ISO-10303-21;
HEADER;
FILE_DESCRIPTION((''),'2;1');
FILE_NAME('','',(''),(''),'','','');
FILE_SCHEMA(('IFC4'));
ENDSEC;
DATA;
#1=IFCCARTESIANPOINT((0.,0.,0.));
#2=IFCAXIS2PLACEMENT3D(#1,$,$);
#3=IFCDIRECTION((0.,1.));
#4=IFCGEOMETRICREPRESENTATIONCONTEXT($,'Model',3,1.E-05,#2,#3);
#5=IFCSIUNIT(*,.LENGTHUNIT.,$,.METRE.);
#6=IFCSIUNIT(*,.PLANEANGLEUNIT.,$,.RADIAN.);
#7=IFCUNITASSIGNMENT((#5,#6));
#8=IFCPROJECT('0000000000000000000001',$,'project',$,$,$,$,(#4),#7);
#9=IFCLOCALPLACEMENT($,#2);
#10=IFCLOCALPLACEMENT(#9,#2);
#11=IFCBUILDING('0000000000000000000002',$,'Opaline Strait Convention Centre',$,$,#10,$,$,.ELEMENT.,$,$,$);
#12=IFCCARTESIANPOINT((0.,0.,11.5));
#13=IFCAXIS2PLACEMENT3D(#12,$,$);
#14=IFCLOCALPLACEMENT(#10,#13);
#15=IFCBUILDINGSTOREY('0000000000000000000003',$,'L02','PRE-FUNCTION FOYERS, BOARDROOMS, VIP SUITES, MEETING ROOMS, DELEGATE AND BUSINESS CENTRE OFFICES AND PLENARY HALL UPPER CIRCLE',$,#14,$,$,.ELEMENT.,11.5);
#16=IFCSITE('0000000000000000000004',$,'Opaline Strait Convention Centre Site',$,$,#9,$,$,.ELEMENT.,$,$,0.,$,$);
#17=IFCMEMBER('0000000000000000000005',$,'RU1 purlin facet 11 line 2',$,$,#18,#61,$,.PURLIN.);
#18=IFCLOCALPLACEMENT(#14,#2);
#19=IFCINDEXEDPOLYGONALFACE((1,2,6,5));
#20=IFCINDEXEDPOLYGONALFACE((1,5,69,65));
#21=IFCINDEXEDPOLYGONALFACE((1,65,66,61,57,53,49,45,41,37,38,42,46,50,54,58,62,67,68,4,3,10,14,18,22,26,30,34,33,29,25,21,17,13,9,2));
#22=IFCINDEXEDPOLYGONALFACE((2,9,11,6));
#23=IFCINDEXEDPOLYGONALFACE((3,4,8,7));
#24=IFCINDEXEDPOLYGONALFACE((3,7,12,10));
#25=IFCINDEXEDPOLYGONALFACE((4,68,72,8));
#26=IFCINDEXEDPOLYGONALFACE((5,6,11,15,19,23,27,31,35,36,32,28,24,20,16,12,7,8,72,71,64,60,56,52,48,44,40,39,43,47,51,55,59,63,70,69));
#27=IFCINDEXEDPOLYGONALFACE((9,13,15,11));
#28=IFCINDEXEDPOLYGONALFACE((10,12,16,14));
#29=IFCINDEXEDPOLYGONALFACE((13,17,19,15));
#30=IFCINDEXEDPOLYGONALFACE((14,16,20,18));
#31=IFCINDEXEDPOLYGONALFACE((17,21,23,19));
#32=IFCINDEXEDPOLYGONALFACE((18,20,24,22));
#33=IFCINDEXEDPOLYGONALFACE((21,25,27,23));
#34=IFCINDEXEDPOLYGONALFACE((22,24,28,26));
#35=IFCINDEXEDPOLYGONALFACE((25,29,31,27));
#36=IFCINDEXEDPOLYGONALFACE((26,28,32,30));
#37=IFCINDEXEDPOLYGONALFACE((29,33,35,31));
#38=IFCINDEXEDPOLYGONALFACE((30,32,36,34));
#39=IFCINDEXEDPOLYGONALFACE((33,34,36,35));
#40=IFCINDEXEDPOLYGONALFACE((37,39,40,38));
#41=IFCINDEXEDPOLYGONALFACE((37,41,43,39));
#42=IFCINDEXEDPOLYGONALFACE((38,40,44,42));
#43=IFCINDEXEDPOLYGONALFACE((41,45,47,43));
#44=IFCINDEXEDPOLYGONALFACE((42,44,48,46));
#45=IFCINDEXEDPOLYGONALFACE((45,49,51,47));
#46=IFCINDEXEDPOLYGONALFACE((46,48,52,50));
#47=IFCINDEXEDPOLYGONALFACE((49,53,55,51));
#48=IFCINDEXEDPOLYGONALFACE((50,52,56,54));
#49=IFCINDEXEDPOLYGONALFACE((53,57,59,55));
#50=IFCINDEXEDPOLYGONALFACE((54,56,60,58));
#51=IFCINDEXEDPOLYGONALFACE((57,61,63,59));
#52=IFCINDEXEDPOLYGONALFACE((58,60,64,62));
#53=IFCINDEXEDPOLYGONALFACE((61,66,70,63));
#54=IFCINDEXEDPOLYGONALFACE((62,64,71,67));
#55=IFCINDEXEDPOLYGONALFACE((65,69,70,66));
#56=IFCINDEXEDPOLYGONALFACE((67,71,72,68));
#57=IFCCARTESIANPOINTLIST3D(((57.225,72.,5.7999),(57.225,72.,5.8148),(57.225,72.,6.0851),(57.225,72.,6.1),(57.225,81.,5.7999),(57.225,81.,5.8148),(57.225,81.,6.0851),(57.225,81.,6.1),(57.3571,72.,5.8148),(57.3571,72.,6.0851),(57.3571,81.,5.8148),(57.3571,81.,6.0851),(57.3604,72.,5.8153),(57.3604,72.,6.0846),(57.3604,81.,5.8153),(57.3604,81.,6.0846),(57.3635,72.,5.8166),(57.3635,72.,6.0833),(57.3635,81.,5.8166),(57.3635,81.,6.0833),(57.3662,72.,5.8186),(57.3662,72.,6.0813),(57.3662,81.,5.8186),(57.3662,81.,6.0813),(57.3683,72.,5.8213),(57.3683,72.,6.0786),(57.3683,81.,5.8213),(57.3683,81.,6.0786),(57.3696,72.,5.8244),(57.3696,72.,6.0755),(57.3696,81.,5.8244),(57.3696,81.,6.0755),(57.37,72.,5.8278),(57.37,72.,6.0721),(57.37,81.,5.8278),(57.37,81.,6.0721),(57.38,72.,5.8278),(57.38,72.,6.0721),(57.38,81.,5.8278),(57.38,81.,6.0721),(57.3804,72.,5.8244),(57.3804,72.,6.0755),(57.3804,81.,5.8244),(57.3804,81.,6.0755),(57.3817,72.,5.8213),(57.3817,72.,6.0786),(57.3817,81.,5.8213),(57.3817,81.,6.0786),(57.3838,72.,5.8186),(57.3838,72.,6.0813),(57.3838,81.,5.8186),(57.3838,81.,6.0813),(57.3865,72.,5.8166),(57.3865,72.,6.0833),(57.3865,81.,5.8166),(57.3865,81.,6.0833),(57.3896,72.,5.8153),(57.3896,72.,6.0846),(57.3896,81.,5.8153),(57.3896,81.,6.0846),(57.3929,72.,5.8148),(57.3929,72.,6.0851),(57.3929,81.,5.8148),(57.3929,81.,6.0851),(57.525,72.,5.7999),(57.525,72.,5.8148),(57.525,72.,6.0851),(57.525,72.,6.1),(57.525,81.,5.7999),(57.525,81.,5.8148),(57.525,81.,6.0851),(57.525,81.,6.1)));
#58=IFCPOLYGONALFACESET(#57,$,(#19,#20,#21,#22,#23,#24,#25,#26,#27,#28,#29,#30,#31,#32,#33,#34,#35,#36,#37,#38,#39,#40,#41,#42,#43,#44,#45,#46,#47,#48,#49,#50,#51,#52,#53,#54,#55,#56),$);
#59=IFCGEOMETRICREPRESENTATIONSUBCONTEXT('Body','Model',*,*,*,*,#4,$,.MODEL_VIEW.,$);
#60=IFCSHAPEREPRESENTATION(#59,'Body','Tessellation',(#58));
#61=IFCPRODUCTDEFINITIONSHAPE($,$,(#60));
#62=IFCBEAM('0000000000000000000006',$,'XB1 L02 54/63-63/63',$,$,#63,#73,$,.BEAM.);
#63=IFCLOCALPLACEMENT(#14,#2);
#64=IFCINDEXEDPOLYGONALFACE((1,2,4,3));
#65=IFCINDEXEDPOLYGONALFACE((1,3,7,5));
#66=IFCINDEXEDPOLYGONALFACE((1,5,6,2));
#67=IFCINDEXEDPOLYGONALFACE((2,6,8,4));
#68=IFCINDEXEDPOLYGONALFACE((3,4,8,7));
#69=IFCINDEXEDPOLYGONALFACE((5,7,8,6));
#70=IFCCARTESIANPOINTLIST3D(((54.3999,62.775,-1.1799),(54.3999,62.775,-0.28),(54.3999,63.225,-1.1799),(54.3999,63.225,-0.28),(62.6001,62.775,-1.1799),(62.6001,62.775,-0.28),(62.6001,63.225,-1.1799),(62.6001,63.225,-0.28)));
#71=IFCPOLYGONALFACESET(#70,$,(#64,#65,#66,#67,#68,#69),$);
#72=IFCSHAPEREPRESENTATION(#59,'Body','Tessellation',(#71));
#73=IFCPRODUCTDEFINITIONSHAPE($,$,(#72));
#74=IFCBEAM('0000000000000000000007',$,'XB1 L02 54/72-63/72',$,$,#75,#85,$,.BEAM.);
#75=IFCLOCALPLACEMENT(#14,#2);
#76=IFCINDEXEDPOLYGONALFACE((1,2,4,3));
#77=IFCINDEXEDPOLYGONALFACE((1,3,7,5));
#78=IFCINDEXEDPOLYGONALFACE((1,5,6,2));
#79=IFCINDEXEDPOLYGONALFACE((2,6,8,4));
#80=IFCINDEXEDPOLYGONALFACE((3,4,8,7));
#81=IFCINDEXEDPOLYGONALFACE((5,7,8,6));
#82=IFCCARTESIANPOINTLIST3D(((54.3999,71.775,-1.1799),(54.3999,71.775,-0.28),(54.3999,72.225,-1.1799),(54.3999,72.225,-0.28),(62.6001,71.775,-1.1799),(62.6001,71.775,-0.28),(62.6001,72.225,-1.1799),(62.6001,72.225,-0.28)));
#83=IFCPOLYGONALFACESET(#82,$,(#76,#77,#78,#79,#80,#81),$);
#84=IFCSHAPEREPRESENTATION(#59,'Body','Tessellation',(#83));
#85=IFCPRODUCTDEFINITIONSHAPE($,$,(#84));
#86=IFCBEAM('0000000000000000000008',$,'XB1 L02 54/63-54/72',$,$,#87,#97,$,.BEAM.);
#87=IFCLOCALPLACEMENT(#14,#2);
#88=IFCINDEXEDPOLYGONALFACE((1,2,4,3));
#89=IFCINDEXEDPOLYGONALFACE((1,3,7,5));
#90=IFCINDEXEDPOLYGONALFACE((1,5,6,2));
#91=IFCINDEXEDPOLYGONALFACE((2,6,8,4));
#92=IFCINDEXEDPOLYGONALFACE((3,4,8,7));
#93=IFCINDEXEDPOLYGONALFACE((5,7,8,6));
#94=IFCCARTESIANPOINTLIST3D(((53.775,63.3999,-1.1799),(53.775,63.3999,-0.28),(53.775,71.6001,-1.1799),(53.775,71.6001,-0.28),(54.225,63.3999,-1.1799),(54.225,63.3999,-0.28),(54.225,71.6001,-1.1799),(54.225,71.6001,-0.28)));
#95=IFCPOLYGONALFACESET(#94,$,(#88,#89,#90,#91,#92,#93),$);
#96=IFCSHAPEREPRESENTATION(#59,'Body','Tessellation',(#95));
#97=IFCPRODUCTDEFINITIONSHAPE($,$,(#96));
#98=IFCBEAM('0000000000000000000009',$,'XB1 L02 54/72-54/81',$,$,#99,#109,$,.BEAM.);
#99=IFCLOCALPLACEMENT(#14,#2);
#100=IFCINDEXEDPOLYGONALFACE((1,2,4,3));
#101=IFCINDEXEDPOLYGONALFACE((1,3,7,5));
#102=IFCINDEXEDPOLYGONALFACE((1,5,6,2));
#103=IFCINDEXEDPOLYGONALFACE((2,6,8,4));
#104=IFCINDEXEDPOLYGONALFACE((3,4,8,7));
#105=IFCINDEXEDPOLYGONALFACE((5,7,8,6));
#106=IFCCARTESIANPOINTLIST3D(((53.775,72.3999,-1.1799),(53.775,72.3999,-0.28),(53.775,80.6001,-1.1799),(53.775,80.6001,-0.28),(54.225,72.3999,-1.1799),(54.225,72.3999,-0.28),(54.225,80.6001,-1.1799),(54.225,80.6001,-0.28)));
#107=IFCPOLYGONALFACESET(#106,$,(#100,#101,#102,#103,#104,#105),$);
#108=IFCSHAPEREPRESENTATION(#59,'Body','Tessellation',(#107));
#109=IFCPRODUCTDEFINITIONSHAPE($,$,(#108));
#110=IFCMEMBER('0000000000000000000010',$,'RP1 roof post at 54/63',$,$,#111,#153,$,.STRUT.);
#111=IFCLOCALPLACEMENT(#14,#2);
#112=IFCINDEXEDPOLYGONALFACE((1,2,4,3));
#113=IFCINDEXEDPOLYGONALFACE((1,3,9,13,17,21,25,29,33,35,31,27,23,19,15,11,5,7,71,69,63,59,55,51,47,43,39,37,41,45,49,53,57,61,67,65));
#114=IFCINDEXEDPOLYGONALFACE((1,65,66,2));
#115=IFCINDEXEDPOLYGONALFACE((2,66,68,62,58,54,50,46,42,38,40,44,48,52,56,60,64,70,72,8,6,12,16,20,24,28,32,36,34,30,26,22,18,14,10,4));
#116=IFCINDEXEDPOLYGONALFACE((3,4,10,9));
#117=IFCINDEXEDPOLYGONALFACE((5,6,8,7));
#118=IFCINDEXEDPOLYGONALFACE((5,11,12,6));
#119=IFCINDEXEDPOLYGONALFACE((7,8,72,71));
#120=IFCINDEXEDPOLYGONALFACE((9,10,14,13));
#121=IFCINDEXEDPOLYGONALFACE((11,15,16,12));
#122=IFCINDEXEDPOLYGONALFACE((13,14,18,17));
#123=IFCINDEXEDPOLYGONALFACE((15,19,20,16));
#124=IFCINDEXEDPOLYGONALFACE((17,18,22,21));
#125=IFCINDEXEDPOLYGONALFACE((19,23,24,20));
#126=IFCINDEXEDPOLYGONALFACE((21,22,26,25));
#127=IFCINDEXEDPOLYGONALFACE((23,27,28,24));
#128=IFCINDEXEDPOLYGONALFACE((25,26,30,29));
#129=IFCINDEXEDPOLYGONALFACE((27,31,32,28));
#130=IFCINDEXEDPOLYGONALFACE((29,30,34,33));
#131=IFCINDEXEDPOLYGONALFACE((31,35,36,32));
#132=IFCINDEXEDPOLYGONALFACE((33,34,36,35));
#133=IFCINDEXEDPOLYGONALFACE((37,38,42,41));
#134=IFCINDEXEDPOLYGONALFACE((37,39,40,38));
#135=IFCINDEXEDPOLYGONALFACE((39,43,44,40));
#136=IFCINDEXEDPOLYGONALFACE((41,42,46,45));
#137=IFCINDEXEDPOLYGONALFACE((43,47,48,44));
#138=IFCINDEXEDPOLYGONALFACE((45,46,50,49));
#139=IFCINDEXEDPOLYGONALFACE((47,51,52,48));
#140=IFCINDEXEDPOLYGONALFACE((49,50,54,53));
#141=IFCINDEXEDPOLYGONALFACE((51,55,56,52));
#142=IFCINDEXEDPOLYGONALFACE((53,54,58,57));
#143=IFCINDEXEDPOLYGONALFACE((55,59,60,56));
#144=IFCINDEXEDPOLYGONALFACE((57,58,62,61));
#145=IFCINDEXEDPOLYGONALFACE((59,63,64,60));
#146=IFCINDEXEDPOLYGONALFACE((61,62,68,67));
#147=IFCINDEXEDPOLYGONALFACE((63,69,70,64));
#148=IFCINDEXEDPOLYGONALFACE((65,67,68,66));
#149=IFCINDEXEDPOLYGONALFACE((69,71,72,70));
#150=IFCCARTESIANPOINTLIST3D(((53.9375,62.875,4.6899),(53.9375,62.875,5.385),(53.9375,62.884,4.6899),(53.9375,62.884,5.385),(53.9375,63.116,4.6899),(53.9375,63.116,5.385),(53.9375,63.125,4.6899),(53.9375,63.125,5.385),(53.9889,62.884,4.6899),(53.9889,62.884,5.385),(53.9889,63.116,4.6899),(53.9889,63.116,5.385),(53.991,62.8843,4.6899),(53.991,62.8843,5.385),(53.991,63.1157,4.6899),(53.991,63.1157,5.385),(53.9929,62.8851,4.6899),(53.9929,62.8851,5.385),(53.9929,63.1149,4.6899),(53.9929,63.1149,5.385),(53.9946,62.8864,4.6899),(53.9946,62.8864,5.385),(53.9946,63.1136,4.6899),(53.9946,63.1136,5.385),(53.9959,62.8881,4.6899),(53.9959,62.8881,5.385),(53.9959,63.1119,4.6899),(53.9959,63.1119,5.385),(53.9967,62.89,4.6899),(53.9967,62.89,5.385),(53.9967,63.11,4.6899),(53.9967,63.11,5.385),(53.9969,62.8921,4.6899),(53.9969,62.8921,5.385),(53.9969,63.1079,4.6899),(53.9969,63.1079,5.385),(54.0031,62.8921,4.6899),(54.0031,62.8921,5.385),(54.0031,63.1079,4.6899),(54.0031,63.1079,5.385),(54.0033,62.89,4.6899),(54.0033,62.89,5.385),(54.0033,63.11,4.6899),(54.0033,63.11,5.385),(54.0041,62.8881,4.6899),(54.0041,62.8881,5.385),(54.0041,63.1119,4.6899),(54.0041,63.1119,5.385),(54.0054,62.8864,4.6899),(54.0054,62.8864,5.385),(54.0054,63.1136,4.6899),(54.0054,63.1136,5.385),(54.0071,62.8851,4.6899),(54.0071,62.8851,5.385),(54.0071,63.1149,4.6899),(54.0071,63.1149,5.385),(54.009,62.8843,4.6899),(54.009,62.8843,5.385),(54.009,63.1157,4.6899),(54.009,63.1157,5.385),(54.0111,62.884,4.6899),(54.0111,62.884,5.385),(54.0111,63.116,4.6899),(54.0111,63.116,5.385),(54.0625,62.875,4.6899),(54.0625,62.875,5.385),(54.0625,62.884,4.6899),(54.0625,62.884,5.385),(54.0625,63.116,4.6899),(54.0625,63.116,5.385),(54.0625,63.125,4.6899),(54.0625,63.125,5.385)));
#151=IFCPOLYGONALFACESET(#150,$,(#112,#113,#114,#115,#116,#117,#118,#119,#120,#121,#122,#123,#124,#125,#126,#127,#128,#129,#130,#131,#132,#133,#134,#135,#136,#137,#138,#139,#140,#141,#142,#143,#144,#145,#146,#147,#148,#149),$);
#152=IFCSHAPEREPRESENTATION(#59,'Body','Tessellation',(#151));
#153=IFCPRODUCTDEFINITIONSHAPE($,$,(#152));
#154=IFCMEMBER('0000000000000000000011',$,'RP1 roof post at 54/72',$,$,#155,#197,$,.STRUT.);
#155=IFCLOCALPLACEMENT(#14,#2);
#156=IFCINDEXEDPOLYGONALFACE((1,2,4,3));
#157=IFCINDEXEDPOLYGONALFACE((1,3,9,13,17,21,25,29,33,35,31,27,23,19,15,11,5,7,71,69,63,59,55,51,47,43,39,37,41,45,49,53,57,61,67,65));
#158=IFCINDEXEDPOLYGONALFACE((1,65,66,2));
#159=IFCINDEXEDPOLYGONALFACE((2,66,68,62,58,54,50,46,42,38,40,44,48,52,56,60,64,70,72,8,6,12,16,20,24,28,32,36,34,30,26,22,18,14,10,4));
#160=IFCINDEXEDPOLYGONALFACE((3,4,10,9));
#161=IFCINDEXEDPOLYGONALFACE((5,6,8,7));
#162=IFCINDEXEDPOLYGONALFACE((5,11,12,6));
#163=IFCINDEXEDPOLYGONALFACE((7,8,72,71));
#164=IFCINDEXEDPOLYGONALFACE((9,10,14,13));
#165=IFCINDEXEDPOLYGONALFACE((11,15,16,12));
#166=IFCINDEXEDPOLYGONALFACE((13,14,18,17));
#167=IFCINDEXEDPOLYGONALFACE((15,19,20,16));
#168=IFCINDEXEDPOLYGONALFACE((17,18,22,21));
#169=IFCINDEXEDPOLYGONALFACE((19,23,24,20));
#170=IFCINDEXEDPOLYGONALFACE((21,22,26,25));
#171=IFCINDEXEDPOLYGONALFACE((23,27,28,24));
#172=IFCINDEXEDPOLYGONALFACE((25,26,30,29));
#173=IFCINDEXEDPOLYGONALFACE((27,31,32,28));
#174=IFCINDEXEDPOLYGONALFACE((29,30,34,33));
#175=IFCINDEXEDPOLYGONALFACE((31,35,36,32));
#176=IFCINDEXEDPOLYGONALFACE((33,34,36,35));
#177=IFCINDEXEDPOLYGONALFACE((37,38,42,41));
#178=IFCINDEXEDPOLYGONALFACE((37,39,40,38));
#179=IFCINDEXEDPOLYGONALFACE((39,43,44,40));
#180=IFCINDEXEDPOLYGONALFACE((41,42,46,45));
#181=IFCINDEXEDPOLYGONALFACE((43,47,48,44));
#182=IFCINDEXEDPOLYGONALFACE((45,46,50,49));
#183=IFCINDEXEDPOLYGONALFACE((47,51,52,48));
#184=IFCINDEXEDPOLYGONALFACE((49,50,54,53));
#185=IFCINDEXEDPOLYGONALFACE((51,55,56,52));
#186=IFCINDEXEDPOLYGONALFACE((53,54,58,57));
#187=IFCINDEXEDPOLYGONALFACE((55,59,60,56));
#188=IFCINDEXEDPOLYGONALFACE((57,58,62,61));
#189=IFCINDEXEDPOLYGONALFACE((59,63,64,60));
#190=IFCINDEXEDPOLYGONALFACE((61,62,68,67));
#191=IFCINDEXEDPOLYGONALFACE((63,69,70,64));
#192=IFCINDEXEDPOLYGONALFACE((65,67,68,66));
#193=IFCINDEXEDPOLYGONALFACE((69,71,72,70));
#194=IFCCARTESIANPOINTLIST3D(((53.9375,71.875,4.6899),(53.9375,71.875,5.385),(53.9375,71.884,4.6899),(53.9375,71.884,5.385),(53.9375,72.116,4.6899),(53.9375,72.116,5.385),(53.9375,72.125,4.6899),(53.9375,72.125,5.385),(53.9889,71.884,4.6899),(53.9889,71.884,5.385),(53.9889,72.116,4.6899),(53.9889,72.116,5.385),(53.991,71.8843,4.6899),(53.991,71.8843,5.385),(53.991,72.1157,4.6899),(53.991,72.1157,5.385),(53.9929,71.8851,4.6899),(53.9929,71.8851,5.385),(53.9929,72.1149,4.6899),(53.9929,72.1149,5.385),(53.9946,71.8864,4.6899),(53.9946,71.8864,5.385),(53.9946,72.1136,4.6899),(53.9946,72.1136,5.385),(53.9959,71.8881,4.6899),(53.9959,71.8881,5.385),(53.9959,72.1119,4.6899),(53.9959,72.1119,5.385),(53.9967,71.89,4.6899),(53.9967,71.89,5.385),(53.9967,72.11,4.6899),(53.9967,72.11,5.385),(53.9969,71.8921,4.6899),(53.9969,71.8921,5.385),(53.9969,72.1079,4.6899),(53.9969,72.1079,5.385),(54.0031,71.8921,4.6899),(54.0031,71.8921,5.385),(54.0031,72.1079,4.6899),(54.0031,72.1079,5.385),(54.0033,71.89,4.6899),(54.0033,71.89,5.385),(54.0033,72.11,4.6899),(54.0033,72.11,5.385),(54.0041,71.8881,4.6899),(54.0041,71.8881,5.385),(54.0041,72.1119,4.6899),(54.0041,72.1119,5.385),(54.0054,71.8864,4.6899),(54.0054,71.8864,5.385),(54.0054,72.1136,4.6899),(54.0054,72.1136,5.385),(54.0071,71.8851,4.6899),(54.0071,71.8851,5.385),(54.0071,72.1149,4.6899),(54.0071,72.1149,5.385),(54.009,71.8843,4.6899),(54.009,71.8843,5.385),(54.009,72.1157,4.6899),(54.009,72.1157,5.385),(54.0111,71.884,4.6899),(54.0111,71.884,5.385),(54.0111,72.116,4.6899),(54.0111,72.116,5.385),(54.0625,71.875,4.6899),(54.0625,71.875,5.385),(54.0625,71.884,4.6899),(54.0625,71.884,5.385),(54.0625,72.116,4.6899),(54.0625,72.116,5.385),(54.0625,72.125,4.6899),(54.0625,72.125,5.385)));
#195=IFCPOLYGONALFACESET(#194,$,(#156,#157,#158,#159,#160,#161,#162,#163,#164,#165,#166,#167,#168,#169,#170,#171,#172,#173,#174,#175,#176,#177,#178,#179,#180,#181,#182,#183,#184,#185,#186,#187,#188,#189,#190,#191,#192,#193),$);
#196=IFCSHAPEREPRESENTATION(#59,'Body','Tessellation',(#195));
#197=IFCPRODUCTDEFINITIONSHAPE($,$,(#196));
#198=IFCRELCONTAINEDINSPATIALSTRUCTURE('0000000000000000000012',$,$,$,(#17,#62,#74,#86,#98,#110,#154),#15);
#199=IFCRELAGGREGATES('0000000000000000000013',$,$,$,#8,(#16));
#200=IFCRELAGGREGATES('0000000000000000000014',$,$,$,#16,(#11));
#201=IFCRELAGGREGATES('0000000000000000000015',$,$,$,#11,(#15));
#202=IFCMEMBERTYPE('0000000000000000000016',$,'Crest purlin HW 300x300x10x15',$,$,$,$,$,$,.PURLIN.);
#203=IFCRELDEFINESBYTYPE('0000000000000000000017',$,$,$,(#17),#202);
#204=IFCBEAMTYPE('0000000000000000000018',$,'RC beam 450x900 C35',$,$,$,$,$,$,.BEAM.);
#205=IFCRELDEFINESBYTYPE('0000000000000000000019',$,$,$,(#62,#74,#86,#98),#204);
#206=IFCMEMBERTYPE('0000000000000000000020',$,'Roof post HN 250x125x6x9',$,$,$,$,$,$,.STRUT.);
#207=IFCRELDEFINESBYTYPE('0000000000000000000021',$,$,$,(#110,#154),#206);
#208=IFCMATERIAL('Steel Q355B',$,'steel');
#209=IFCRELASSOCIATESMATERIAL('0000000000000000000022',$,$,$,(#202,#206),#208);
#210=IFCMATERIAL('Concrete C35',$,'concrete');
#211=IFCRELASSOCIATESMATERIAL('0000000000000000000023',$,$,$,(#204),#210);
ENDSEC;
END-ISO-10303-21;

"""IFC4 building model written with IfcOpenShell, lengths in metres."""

from ifc_helpers import new_model, si_unit, direction, frame, origin, origin_2d, place, context, subcontext, project, spatial, rectangle, i_section, extrude, material, material_profile, profile_set, type_object, element, save


model = new_model("IFC4")

# Units and contexts
model_context = context("Model", 3, precision=1e-05, world=origin(), true_north=direction((0.0, 1.0)))
body_context = subcontext(model_context, "Body", "Model", "MODEL_VIEW")
ifc_project = project(units=[si_unit("LENGTHUNIT", "METRE"), si_unit("PLANEANGLEUNIT", "RADIAN")], contexts=[model_context])

# Site, building, storey
site_placement = place(None, origin())
site = spatial("IfcSite", under=ifc_project, at=site_placement, Name="Opaline Strait Convention Centre Site", CompositionType="ELEMENT", RefElevation=0.0)
building_placement = place(site_placement, origin())
building = spatial("IfcBuilding", under=site, at=building_placement, Name="Opaline Strait Convention Centre", CompositionType="ELEMENT")
storey_placement = place(building_placement, frame((0.0, 0.0, 11.5)))
storey = spatial("IfcBuildingStorey", under=building, at=storey_placement, Name="L02", Description="PRE-FUNCTION FOYERS, BOARDROOMS, VIP SUITES, MEETING ROOMS, DELEGATE AND BUSINESS CENTRE OFFICES AND PLENARY HALL UPPER CIRCLE", CompositionType="ELEMENT", Elevation=11.5)

# Member
ifc_material_1 = material(Name="Steel Q355B", Category="steel")
ifc_material_profile_1 = material_profile(ifc_material_1, i_section(OverallWidth=0.3, OverallDepth=0.3, WebThickness=0.01, FlangeThickness=0.0149, FilletRadius=0.0129, at=origin_2d()), Name="HW 300x300x10x15")
ifc_profile_set_1 = profile_set([ifc_material_profile_1], Name="Steel Q355B")
member_type_1 = type_object("IfcMemberType", Name="Crest purlin HW 300x300x10x15", PredefinedType="PURLIN", material=ifc_profile_set_1)
for number, where, z_axis, x_axis, name in (
    (1, (57.375, 72.0, 5.95), (0.0, 1.0, 0.0), (-1.0, 0.0, 0.0), "RU1 purlin facet 11 line 2"),
):
    element("IfcMember", number, at=place(storey_placement, frame(where, z_axis=z_axis, x_axis=x_axis)), inside=storey, type_object=member_type_1, Name=name, PredefinedType="PURLIN", context=body_context, shape_type="SweptSolid", body=[
        extrude(i_section(OverallWidth=0.3, OverallDepth=0.3, WebThickness=0.01, FlangeThickness=0.0149, FilletRadius=0.0129, at=origin_2d()), origin(), (0.0, 0.0, 1.0), 9.0),
    ])

# Beams
ifc_material_2 = material(Name="Concrete C35", Category="concrete")
ifc_material_profile_2 = material_profile(ifc_material_2, rectangle(XDim=0.45, YDim=0.8999, at=origin_2d()), Name="RC 450x900")
ifc_profile_set_2 = profile_set([ifc_material_profile_2], Name="Concrete C35")
beam_type = type_object("IfcBeamType", Name="RC beam 450x900 C35", PredefinedType="BEAM", material=ifc_profile_set_2)
for number, where, z_axis, x_axis, name in (
    (2, (54.3999, 63.0, -0.73), (1.0, 0.0, 0.0), (0.0, 1.0, 0.0), "XB1 L02 54/63-63/63"),
    (3, (54.3999, 72.0, -0.73), (1.0, 0.0, 0.0), (0.0, 1.0, 0.0), "XB1 L02 54/72-63/72"),
    (4, (54.0, 63.3999, -0.73), (0.0, 1.0, 0.0), (-1.0, 0.0, 0.0), "XB1 L02 54/63-54/72"),
    (5, (54.0, 72.3999, -0.73), (0.0, 1.0, 0.0), (-1.0, 0.0, 0.0), "XB1 L02 54/72-54/81"),
):
    element("IfcBeam", number, at=place(storey_placement, frame(where, z_axis=z_axis, x_axis=x_axis)), inside=storey, type_object=beam_type, Name=name, PredefinedType="BEAM", context=body_context, shape_type="SweptSolid", body=[
        extrude(rectangle(XDim=0.45, YDim=0.8999, at=origin_2d()), origin(), (0.0, 0.0, 1.0), 8.2002),
    ])

# Members
ifc_material_profile_3 = material_profile(ifc_material_1, i_section(OverallWidth=0.125, OverallDepth=0.25, WebThickness=0.0061, FlangeThickness=0.009, FilletRadius=0.0081, at=origin_2d()), Name="HN 250x125x6x9")
ifc_profile_set_3 = profile_set([ifc_material_profile_3], Name="Steel Q355B")
member_type_2 = type_object("IfcMemberType", Name="Roof post HN 250x125x6x9", PredefinedType="STRUT", material=ifc_profile_set_3)
for number, where, z_axis, x_axis, name in (
    (6, (54.0, 63.0, 4.6899), (0.0, 0.0, 1.0), (1.0, 0.0, 0.0), "RP1 roof post at 54/63"),
    (7, (54.0, 72.0, 4.6899), (0.0, 0.0, 1.0), (1.0, 0.0, 0.0), "RP1 roof post at 54/72"),
):
    element("IfcMember", number, at=place(storey_placement, frame(where, z_axis=z_axis, x_axis=x_axis)), inside=storey, type_object=member_type_2, Name=name, PredefinedType="STRUT", context=body_context, shape_type="SweptSolid", body=[
        extrude(i_section(OverallWidth=0.125, OverallDepth=0.25, WebThickness=0.0061, FlangeThickness=0.009, FilletRadius=0.0081, at=origin_2d()), origin(), (0.0, 0.0, 1.0), 0.6951),
    ])

save(model, "model.ifc")
